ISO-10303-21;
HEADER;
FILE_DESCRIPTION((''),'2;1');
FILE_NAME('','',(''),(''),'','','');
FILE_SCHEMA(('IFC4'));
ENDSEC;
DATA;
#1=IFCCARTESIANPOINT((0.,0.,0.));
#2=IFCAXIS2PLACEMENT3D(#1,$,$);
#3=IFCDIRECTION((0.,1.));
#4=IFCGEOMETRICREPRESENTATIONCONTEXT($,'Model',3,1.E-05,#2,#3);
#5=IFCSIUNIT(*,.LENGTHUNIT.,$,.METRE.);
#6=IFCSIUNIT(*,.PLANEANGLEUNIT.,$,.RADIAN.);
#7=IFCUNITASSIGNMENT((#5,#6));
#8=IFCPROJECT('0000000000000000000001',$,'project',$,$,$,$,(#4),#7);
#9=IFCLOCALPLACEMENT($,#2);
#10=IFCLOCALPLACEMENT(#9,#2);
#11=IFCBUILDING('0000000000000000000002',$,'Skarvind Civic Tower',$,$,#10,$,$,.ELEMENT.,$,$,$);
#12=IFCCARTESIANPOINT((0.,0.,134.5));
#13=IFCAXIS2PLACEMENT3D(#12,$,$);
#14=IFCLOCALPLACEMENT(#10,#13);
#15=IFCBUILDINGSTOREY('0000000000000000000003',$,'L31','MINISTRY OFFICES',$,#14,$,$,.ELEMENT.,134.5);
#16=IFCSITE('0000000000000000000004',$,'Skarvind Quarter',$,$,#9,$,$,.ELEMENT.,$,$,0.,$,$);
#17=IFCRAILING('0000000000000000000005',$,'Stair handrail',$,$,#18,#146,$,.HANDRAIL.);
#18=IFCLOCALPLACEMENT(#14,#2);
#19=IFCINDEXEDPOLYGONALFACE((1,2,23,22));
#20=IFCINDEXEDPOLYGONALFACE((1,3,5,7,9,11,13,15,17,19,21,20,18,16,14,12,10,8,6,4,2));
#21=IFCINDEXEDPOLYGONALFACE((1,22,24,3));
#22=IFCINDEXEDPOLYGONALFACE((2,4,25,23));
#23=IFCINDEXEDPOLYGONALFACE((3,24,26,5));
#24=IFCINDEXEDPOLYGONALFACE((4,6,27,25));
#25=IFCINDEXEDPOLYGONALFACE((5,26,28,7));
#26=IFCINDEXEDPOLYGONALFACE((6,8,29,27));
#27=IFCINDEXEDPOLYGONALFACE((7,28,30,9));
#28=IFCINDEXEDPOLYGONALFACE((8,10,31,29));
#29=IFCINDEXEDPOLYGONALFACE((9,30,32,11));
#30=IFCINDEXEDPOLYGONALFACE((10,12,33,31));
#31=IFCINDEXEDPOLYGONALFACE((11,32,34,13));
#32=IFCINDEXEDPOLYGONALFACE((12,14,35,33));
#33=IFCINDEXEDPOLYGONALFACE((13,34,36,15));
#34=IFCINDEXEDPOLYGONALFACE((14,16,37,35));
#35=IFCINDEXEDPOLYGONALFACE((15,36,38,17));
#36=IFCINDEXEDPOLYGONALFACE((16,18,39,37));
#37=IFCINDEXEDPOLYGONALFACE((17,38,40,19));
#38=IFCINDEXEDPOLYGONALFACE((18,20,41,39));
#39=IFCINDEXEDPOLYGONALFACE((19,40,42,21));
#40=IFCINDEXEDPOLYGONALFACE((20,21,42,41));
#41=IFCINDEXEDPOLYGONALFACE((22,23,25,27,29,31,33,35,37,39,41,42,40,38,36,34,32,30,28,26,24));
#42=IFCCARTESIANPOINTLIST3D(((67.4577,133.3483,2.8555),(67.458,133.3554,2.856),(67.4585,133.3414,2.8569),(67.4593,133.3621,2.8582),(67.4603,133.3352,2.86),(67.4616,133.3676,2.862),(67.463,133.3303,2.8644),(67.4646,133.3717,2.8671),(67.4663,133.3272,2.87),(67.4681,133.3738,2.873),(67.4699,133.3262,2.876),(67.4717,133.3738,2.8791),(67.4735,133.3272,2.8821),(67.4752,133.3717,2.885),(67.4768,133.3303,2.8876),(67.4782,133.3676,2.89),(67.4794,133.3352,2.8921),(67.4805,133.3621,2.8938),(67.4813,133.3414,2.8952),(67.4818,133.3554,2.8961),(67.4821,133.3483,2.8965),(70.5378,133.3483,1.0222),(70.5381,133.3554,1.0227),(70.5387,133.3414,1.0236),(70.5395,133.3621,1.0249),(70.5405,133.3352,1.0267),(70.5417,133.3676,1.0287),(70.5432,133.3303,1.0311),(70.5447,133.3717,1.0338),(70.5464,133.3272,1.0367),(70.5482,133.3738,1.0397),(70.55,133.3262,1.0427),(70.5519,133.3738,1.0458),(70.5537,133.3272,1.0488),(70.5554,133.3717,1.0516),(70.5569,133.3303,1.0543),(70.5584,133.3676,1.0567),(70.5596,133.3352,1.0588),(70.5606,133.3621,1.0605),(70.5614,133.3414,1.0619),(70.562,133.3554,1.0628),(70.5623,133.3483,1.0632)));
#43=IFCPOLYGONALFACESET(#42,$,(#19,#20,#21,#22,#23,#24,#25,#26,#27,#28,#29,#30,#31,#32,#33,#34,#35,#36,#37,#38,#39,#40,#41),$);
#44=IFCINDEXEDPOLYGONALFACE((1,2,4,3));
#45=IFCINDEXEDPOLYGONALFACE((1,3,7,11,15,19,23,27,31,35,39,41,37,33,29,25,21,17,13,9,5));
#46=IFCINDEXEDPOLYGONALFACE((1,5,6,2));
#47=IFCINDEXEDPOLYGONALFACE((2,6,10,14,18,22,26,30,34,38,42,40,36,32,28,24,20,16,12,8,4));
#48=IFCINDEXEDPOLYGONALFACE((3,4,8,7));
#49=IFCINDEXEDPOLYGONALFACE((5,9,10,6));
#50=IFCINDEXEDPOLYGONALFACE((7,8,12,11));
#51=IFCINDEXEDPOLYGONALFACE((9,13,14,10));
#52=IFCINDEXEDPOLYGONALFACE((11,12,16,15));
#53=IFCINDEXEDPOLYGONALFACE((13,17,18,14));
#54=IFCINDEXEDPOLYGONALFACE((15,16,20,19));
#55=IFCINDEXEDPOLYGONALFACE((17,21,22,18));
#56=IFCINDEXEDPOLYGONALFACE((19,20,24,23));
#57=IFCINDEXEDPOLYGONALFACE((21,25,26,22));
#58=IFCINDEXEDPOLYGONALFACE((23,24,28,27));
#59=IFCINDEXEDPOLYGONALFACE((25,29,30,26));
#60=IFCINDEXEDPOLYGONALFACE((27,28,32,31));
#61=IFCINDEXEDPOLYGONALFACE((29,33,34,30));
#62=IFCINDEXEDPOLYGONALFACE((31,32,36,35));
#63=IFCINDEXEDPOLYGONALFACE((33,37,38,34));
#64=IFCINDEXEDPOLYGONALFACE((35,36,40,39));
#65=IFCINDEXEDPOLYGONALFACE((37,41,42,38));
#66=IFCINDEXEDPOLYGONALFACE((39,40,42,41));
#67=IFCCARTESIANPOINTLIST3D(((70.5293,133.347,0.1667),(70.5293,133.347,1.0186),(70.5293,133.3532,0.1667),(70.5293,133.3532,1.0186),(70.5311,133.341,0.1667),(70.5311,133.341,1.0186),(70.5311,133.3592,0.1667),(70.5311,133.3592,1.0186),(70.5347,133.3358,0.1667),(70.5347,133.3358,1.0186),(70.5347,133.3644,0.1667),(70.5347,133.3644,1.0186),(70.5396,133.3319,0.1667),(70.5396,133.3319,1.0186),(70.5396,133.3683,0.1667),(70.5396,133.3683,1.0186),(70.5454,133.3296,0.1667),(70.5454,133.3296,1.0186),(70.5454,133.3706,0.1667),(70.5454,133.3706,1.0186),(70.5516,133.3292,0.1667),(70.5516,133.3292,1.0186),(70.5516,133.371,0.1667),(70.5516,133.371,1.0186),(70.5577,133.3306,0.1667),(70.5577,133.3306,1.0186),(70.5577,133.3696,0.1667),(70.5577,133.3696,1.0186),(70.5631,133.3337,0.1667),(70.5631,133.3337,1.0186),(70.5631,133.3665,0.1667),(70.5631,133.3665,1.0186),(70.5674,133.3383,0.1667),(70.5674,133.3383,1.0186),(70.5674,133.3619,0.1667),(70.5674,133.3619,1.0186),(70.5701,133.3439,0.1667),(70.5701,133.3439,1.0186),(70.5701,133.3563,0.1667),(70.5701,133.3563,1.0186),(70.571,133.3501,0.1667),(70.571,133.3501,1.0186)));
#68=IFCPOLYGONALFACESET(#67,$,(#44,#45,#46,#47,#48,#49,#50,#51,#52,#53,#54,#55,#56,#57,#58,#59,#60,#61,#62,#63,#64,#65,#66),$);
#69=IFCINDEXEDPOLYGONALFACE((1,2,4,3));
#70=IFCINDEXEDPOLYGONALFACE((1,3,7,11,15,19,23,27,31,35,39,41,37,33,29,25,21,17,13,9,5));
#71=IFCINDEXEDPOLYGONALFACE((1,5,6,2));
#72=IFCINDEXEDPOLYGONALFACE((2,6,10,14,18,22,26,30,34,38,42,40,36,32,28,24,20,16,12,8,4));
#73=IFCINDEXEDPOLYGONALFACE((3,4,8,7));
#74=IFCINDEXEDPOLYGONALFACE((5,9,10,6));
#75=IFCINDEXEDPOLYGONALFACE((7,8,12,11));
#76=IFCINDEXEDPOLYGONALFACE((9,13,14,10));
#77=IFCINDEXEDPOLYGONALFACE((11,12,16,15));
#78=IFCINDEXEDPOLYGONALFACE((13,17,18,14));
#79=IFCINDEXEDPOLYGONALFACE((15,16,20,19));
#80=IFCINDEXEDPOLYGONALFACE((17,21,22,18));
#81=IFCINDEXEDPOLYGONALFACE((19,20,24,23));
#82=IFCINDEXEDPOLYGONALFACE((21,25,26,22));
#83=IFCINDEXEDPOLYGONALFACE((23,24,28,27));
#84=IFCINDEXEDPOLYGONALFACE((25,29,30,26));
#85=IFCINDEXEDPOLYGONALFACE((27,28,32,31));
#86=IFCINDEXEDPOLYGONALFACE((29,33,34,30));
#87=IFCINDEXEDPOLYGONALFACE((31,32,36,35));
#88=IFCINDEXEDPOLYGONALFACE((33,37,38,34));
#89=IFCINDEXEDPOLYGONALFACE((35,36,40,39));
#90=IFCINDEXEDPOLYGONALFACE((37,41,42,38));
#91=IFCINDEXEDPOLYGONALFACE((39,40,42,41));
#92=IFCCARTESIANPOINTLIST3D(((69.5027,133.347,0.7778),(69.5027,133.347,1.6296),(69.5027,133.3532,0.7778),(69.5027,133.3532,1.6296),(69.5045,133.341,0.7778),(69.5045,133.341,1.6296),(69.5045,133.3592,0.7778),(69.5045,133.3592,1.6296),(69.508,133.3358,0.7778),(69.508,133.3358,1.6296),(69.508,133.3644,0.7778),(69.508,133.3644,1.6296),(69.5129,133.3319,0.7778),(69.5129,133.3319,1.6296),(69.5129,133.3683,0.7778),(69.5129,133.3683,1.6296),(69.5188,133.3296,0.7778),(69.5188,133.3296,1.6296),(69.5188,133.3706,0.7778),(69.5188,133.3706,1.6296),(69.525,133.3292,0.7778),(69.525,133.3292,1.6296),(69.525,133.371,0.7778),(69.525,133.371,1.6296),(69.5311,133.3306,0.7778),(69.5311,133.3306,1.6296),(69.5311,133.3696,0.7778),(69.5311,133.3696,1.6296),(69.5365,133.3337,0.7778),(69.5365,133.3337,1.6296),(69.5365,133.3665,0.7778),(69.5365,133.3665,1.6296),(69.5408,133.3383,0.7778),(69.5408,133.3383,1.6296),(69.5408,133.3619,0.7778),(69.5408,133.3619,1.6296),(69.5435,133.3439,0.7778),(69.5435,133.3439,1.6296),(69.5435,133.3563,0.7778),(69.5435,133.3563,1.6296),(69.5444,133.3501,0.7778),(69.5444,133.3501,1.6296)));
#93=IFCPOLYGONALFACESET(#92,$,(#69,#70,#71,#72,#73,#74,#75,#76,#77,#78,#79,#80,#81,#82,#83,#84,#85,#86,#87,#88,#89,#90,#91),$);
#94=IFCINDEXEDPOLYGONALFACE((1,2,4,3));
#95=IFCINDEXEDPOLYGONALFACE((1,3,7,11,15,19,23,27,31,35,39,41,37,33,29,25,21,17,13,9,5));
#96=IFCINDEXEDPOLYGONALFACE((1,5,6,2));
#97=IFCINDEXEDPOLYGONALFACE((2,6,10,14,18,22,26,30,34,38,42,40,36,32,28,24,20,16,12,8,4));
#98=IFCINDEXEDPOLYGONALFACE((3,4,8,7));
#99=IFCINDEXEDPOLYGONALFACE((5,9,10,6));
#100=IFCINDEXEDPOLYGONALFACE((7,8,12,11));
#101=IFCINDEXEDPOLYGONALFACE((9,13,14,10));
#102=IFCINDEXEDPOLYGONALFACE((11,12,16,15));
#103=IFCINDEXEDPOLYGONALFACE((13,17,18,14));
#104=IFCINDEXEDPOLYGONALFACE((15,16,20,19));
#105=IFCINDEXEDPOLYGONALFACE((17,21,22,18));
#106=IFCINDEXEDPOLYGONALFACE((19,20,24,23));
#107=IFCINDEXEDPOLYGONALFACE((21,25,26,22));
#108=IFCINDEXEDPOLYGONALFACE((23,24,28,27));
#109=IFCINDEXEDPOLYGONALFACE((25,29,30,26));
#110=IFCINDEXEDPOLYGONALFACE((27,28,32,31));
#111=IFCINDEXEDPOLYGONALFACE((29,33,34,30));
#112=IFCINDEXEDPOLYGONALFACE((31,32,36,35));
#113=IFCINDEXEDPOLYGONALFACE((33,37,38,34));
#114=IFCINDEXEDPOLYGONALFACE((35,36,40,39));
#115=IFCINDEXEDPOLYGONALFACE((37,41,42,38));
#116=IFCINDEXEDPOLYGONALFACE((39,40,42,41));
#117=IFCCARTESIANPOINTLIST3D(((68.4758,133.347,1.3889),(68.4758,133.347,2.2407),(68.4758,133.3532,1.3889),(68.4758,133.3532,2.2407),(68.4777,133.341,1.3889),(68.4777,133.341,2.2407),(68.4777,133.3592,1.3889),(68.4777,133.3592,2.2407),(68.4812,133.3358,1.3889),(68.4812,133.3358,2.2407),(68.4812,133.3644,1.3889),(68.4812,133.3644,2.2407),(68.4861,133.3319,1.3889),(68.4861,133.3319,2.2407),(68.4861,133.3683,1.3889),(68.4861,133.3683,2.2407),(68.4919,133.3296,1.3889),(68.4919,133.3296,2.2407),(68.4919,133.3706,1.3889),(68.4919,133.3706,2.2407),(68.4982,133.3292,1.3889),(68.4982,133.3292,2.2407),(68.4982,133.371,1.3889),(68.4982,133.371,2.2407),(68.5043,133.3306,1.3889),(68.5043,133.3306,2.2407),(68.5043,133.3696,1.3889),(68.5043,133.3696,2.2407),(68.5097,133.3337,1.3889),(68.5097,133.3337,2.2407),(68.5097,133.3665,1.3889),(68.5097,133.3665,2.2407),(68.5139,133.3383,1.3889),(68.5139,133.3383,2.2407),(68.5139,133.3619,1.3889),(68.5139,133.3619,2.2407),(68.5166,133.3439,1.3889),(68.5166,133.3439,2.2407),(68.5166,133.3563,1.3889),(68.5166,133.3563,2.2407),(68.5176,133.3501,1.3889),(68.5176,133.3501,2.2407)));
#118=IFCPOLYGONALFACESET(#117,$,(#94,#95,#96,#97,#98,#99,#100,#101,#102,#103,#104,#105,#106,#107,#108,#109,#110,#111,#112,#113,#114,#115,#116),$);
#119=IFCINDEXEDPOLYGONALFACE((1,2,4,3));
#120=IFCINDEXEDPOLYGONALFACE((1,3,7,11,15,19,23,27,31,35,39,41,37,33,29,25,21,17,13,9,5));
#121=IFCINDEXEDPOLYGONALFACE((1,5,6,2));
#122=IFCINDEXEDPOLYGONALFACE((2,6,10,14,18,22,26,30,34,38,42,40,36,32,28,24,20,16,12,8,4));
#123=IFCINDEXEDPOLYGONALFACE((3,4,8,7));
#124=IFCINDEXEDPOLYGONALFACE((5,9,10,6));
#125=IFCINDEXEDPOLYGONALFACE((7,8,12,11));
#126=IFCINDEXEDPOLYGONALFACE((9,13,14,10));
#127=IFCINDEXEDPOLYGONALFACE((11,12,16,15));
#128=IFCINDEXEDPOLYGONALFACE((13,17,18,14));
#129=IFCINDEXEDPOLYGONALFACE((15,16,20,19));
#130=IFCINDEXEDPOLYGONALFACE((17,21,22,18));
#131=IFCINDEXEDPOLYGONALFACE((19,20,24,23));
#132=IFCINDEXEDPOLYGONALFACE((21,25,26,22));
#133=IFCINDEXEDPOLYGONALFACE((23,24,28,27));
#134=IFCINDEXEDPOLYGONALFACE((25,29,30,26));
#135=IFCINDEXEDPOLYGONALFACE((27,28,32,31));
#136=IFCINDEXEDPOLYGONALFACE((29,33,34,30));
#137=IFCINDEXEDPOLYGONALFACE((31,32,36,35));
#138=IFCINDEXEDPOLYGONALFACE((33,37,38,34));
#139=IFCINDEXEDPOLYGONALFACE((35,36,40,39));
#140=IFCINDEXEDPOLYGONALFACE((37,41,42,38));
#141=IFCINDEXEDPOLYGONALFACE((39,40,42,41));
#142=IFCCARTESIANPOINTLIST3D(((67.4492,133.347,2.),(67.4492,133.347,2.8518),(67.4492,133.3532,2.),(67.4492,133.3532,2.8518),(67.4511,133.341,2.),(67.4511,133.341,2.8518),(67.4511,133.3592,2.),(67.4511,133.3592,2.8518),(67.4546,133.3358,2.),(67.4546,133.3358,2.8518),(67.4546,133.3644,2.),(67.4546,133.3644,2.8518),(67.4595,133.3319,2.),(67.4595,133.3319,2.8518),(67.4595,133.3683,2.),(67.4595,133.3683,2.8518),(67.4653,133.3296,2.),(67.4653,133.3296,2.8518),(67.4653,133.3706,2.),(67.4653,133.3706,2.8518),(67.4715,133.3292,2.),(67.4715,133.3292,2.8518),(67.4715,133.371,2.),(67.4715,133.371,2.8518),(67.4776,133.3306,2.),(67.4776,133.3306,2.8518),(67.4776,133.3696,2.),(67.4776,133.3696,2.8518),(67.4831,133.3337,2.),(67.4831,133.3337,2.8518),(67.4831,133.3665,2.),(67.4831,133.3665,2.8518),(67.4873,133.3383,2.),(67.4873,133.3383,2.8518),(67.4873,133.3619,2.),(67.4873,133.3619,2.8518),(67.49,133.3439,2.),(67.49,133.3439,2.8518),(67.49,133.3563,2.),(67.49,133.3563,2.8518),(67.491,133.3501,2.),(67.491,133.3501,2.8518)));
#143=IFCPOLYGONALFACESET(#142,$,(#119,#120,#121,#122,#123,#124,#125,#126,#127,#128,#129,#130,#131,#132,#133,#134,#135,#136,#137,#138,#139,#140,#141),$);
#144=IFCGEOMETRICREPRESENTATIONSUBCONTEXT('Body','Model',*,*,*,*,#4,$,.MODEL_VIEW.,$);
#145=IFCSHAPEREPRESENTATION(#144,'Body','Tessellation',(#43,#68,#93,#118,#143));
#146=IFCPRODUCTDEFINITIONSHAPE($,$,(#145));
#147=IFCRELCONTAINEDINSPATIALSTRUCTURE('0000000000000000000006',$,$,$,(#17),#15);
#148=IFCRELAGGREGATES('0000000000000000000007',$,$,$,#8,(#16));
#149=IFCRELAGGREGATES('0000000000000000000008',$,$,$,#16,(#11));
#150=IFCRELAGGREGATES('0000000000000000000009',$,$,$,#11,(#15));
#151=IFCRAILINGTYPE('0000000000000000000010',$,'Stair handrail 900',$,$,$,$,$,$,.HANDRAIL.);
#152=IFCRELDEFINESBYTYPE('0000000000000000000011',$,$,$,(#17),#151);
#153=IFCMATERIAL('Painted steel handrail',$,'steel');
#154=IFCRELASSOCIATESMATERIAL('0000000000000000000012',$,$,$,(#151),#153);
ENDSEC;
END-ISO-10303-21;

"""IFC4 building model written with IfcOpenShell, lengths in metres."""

from ifc_helpers import new_model, si_unit, direction, frame, origin, origin_2d, place, context, subcontext, project, spatial, circle, extrude, material, type_object, element, save


model = new_model("IFC4")

# Units and contexts
model_context = context("Model", 3, precision=1e-05, world=origin(), true_north=direction((0.0, 1.0)))
body_context = subcontext(model_context, "Body", "Model", "MODEL_VIEW")
ifc_project = project(units=[si_unit("LENGTHUNIT", "METRE"), si_unit("PLANEANGLEUNIT", "RADIAN")], contexts=[model_context])

# Site, building, storey
site_placement = place(None, origin())
site = spatial("IfcSite", under=ifc_project, at=site_placement, Name="Skarvind Quarter", CompositionType="ELEMENT", RefElevation=0.0)
building_placement = place(site_placement, origin())
building = spatial("IfcBuilding", under=site, at=building_placement, Name="Skarvind Civic Tower", CompositionType="ELEMENT")
storey_placement = place(building_placement, frame((0.0, 0.0, 134.5)))
storey = spatial("IfcBuildingStorey", under=building, at=storey_placement, Name="L31", Description="MINISTRY OFFICES", CompositionType="ELEMENT", Elevation=134.5)

# Railing
ifc_material_1 = material(Name="Painted steel handrail", Category="steel")
railing_type = type_object("IfcRailingType", Name="Stair handrail 900", PredefinedType="HANDRAIL", material=ifc_material_1)
railing_1_placement = place(storey_placement, frame((70.55, 133.3501, 0.1667)))
element("IfcRailing", 1, at=railing_1_placement, inside=storey, type_object=railing_type, Name="Stair handrail", PredefinedType="HANDRAIL", context=body_context, shape_type="SweptSolid", body=[
    extrude(circle(Radius=0.0239, at=origin_2d()), frame((0.0, 0.0, 0.876), z_axis=(-0.859309, 0.0, 0.511458), x_axis=(0.0, -1.0, 0.0)), (0.0, 0.0, 1.0), 3.5845),
    extrude(circle(Radius=0.021, at=origin_2d()), origin(), (0.0, 0.0, 1.0), 0.8518),
    extrude(circle(Radius=0.021, at=origin_2d()), frame((-1.0266, 0.0, 0.6111)), (0.0, 0.0, 1.0), 0.8518),
    extrude(circle(Radius=0.021, at=origin_2d()), frame((-2.0535, 0.0, 1.2222)), (0.0, 0.0, 1.0), 0.8518),
    extrude(circle(Radius=0.021, at=origin_2d()), frame((-3.0801, 0.0, 1.8333)), (0.0, 0.0, 1.0), 0.8518),
])

save(model, "model.ifc")
